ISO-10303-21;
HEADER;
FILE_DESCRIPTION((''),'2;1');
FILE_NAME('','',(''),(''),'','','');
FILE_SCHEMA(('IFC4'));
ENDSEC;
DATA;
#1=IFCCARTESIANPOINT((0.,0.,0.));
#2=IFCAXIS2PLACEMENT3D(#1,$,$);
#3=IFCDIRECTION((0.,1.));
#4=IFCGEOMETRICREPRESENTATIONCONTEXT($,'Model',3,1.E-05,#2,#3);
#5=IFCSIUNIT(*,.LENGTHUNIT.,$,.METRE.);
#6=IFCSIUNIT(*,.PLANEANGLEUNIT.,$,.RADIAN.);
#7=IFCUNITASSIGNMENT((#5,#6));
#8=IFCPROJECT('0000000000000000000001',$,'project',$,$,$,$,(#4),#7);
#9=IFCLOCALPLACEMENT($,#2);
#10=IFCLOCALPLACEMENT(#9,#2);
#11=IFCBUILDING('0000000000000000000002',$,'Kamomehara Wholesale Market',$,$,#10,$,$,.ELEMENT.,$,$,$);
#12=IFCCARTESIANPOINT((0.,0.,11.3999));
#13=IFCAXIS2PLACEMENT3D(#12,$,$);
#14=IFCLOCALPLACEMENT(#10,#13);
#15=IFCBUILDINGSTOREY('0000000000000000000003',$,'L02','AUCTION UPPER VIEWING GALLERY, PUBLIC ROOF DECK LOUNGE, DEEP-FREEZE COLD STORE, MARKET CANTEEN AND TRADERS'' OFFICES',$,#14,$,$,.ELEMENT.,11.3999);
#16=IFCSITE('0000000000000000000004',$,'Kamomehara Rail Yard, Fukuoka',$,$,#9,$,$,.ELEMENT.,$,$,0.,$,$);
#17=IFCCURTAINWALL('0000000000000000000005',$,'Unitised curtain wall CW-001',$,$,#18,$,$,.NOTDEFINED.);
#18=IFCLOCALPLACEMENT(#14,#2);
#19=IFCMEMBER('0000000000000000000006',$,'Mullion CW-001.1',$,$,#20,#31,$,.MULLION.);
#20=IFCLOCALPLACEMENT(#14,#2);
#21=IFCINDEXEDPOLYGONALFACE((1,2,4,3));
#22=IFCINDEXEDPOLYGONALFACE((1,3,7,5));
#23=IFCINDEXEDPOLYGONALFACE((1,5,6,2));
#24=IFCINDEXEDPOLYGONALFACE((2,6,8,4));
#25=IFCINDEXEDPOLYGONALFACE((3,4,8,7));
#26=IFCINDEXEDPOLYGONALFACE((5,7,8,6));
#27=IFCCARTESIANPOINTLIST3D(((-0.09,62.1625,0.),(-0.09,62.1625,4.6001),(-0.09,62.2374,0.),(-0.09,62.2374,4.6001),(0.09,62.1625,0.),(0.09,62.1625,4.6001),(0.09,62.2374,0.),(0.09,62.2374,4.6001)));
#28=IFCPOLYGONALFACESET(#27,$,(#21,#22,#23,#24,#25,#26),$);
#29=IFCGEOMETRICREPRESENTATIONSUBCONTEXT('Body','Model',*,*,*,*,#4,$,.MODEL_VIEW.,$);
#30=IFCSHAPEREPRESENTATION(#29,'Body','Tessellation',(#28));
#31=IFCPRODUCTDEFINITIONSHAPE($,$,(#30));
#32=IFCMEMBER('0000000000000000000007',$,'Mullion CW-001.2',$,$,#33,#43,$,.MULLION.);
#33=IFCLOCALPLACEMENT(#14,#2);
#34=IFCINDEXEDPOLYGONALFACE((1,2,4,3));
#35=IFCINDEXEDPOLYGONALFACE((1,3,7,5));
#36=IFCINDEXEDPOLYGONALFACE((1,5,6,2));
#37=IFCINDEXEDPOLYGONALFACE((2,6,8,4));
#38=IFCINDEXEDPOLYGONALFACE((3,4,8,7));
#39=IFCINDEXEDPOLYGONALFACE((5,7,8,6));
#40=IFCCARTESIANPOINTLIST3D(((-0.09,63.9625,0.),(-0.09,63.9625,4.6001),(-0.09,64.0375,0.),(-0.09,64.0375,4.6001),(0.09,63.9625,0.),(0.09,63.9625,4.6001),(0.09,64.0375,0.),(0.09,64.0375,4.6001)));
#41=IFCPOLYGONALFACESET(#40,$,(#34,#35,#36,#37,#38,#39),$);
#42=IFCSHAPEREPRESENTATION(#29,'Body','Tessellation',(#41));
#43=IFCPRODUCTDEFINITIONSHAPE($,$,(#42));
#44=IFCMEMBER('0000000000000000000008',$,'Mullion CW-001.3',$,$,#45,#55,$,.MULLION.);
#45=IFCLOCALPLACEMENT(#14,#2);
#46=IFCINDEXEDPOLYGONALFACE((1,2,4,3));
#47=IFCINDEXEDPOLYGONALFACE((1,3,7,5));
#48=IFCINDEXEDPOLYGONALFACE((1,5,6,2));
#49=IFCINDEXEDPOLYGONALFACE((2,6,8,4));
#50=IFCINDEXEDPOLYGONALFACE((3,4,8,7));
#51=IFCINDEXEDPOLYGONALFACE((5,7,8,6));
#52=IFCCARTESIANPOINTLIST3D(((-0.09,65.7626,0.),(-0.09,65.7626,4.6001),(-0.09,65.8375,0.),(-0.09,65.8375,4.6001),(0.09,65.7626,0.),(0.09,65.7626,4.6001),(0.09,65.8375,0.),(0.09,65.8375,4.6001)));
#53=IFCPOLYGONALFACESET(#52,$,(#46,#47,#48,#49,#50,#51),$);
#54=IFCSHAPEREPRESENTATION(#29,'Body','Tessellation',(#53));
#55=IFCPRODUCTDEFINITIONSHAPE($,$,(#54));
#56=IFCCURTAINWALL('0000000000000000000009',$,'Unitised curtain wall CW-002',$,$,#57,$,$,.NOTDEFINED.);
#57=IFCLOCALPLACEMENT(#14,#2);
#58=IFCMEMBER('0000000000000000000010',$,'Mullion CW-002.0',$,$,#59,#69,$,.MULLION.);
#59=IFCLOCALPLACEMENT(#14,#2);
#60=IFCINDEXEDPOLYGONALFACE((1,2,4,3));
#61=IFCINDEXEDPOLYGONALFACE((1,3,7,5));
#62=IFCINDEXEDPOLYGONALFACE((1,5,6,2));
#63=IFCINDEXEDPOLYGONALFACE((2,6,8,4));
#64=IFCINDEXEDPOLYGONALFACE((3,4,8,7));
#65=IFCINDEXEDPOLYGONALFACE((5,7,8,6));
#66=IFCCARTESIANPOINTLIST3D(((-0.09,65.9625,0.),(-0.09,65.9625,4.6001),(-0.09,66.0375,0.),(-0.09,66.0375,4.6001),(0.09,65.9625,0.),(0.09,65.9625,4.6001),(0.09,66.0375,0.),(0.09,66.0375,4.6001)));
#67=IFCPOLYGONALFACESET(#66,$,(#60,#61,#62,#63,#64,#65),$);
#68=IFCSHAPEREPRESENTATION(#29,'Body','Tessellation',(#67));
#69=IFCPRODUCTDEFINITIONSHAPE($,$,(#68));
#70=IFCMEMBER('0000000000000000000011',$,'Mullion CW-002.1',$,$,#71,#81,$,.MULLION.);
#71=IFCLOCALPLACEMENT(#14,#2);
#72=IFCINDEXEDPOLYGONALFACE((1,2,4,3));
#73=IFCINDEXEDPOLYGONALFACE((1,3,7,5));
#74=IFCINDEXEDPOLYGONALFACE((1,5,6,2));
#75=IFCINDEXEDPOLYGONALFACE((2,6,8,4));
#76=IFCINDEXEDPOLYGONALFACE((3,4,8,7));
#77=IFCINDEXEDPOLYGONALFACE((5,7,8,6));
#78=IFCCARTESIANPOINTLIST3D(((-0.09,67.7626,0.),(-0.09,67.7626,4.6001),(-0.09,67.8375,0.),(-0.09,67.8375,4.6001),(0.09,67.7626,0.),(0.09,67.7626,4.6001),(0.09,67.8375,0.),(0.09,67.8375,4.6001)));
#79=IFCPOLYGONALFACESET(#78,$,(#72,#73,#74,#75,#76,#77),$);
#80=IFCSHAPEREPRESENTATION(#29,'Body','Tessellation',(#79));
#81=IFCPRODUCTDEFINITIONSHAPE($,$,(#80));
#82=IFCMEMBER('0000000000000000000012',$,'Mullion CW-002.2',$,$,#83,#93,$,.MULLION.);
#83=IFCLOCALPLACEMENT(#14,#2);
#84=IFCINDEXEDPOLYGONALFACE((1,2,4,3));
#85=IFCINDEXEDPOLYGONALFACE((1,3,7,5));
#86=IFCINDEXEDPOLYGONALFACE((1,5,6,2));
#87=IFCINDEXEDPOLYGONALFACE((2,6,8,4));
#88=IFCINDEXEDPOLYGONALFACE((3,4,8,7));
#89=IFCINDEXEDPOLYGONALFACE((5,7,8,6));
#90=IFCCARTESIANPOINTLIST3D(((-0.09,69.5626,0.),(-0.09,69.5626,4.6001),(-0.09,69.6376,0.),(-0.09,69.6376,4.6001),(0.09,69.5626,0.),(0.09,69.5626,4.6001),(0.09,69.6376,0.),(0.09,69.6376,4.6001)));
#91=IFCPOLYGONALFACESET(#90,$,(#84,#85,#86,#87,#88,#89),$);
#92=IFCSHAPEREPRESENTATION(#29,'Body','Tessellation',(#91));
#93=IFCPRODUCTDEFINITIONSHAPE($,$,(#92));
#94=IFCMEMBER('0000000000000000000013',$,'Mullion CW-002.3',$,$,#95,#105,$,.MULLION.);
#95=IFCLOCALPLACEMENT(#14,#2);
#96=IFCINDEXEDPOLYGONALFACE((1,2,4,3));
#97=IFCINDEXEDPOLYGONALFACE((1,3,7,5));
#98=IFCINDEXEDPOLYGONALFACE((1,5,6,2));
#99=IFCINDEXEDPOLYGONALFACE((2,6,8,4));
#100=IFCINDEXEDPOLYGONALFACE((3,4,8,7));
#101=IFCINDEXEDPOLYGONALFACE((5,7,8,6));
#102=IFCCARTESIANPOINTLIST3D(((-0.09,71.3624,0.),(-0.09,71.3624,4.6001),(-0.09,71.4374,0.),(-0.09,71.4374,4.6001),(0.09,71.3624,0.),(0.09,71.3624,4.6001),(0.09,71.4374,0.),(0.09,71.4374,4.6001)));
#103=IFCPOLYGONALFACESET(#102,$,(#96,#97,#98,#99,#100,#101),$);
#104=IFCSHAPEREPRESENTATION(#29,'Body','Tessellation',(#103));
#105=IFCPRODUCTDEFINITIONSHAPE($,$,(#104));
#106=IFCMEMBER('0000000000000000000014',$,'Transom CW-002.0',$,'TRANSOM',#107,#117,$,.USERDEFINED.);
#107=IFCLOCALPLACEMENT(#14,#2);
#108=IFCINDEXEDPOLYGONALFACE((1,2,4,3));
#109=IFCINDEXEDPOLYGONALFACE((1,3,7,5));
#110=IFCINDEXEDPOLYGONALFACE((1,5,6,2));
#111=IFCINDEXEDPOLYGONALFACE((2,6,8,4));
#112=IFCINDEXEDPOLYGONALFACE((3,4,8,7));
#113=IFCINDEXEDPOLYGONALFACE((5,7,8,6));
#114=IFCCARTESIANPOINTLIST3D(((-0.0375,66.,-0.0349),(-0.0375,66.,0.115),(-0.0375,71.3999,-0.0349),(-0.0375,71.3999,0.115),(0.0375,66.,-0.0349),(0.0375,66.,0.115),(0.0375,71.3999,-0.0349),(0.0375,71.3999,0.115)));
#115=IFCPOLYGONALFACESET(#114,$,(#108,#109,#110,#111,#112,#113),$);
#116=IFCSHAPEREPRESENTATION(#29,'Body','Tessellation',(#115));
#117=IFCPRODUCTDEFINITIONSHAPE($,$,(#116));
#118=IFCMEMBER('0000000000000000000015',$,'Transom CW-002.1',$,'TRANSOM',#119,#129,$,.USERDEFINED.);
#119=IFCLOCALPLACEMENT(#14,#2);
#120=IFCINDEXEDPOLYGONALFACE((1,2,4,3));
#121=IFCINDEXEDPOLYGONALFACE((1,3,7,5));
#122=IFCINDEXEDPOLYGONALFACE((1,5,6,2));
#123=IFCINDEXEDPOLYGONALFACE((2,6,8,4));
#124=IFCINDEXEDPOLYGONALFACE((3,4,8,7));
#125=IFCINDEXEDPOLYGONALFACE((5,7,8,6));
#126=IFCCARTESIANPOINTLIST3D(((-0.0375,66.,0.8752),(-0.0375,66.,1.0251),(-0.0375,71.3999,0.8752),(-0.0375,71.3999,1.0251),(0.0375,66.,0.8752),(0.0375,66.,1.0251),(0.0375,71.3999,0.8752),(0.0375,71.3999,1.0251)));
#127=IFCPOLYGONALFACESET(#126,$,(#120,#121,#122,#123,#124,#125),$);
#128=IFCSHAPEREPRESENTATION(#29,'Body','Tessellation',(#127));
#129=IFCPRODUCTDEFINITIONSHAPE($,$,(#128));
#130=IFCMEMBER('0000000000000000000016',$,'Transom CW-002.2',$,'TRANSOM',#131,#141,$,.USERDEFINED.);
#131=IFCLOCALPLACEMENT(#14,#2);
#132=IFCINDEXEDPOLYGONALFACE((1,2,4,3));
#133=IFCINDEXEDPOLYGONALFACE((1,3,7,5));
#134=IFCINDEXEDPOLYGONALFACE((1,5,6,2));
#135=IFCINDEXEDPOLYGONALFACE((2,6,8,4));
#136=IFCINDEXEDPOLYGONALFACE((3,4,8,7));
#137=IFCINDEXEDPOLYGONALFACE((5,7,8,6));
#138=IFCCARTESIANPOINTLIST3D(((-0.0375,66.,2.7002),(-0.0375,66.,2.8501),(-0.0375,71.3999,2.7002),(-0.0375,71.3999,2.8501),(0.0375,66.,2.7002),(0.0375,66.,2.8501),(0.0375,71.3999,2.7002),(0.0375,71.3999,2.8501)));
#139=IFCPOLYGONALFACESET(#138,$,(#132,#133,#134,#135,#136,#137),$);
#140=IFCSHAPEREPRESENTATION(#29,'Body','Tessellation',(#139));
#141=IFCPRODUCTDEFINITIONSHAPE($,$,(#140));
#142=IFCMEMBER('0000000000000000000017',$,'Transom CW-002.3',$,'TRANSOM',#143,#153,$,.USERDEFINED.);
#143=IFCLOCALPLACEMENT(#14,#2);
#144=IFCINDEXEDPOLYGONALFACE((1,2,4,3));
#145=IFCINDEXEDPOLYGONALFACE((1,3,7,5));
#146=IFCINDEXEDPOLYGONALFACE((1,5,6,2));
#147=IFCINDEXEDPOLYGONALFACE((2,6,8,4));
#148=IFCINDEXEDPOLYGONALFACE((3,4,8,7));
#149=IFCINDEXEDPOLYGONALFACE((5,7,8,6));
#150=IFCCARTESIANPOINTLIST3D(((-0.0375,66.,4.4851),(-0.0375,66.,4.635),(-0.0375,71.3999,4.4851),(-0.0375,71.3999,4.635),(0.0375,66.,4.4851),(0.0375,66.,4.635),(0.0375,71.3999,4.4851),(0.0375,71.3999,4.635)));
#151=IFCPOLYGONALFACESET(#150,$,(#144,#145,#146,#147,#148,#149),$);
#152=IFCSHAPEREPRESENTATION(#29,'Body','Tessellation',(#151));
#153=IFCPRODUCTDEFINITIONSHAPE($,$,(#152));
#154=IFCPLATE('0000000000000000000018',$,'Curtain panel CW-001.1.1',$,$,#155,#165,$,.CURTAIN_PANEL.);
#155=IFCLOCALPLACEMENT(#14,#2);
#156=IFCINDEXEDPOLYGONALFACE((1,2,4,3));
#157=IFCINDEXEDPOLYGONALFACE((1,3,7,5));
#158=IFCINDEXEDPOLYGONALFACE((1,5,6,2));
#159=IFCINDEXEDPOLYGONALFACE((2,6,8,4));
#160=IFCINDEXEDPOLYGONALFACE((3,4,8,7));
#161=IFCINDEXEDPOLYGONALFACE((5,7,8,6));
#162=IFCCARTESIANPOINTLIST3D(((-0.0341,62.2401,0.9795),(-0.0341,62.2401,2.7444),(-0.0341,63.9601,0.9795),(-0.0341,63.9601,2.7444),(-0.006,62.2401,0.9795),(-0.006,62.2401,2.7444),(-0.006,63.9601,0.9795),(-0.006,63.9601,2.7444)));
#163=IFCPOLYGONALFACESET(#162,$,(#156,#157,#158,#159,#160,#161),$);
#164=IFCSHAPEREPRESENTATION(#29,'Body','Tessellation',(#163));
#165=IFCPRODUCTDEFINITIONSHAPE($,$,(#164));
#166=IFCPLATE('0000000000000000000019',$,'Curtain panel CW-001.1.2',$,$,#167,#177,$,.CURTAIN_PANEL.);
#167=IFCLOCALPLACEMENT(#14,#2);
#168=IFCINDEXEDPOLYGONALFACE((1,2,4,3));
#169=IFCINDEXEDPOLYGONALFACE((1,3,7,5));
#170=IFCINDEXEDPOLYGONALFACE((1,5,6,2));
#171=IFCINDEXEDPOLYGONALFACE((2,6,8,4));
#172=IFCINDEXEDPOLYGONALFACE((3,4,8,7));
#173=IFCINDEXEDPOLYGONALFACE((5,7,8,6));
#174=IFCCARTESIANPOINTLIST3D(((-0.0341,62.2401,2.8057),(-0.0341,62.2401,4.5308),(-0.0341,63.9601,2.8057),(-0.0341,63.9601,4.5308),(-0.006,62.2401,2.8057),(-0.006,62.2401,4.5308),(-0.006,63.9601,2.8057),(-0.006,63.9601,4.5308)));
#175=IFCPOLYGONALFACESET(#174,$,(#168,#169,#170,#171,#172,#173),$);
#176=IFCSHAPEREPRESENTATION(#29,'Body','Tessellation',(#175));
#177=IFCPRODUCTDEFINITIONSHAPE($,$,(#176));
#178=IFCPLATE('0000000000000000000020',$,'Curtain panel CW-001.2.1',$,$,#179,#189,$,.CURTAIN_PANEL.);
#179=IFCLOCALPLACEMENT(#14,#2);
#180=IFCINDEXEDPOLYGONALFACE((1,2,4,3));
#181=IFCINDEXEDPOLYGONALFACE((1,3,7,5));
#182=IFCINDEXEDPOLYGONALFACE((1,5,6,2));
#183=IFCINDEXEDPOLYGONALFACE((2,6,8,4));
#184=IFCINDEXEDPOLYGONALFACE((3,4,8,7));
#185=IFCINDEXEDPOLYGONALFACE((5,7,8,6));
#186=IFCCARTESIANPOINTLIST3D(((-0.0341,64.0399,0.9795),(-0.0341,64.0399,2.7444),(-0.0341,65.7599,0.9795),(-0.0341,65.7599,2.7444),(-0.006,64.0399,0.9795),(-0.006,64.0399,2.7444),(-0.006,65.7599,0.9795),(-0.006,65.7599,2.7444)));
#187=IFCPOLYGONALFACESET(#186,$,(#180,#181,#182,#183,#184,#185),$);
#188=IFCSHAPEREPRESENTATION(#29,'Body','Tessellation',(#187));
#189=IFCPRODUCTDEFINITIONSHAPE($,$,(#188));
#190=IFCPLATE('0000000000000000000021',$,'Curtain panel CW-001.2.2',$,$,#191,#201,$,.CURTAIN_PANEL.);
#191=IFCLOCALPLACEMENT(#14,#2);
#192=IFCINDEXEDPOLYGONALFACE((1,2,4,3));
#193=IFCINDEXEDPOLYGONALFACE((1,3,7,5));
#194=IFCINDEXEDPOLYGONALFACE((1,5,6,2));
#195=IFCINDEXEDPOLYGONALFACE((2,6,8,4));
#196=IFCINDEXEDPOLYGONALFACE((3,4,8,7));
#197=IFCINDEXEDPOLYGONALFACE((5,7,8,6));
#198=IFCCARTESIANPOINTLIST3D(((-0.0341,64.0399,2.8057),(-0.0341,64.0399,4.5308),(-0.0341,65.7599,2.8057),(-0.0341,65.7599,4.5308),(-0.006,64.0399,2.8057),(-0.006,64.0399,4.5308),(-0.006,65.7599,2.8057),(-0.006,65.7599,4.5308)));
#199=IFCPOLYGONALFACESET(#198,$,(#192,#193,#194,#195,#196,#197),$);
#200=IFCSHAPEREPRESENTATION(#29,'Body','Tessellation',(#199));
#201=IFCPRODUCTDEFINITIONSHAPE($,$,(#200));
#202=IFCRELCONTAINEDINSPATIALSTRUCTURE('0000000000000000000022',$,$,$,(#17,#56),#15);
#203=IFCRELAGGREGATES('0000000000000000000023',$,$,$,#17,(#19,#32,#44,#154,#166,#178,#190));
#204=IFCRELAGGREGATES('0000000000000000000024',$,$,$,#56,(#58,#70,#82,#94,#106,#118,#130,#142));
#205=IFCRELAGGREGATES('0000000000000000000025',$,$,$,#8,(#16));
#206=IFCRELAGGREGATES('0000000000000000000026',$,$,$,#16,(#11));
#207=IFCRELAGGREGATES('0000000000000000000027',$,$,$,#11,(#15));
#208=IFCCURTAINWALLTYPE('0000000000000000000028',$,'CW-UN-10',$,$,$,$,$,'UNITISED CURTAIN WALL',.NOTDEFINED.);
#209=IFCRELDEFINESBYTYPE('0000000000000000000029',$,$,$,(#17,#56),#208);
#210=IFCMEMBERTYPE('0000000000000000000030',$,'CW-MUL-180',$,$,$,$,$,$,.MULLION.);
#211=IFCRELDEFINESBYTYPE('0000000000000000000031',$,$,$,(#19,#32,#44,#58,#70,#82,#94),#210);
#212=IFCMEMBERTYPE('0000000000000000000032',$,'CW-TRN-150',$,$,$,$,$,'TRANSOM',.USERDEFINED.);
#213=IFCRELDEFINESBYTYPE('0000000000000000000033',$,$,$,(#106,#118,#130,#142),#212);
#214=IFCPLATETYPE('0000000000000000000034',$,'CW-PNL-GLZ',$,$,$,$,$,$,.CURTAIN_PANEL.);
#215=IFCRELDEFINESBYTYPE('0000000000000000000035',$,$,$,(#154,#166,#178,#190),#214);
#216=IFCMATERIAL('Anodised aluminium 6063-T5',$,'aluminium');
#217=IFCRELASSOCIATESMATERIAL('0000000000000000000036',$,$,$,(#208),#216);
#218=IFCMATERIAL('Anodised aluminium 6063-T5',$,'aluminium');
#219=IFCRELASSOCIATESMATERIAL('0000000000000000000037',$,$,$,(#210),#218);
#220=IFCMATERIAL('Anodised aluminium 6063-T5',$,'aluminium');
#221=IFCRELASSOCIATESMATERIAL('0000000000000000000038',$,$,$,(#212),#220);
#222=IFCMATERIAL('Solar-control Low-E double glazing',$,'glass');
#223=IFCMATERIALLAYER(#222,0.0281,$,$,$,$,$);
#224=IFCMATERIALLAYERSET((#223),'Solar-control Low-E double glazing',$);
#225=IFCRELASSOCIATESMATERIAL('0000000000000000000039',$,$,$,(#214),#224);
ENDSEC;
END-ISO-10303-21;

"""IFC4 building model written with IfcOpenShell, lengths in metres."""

from ifc_helpers import new_model, si_unit, direction, frame, origin, origin_2d, place, context, subcontext, project, spatial, rectangle, extrude, material, layer, layer_set, material_profile, profile_set, type_object, element, aggregate, save


model = new_model("IFC4")

# Units and contexts
model_context = context("Model", 3, precision=1e-05, world=origin(), true_north=direction((0.0, 1.0)))
body_context = subcontext(model_context, "Body", "Model", "MODEL_VIEW")
ifc_project = project(units=[si_unit("LENGTHUNIT", "METRE"), si_unit("PLANEANGLEUNIT", "RADIAN")], contexts=[model_context])

# Site, building, storey
site_placement = place(None, origin())
site = spatial("IfcSite", under=ifc_project, at=site_placement, Name="Kamomehara Rail Yard, Fukuoka", CompositionType="ELEMENT", RefElevation=0.0)
building_placement = place(site_placement, origin())
building = spatial("IfcBuilding", under=site, at=building_placement, Name="Kamomehara Wholesale Market", CompositionType="ELEMENT")
storey_placement = place(building_placement, frame((0.0, 0.0, 11.3999)))
storey = spatial("IfcBuildingStorey", under=building, at=storey_placement, Name="L02", Description="AUCTION UPPER VIEWING GALLERY, PUBLIC ROOF DECK LOUNGE, DEEP-FREEZE COLD STORE, MARKET CANTEEN AND TRADERS' OFFICES", CompositionType="ELEMENT", Elevation=11.3999)

# Curtain walls, members
ifc_material_1 = material(Name="Anodised aluminium 6063-T5", Category="aluminium")
curtain_wall_type = type_object("IfcCurtainWallType", Name="CW-UN-10", ElementType="UNITISED CURTAIN WALL", PredefinedType="NOTDEFINED", material=ifc_material_1)
curtain_wall_1_placement = place(storey_placement, origin())
curtain_wall_1 = element("IfcCurtainWall", 1, at=curtain_wall_1_placement, inside=storey, type_object=curtain_wall_type, Name="Unitised curtain wall CW-001", PredefinedType="NOTDEFINED")
ifc_material_2 = material(Name="Anodised aluminium 6063-T5", Category="aluminium")
ifc_material_profile_1 = material_profile(ifc_material_2, rectangle(XDim=0.075, YDim=0.1799, at=origin_2d()), Name="ALU-MUL-75x180")
ifc_profile_set_1 = profile_set([ifc_material_profile_1], Name="Anodised aluminium 6063-T5")
member_type_1 = type_object("IfcMemberType", Name="CW-MUL-180", PredefinedType="MULLION", material=ifc_profile_set_1)
member_1_placement = place(storey_placement, frame((0.0, 62.2, 0.0), z_axis=(0.0, 0.0, 1.0), x_axis=(0.0, 1.0, 0.0)))
member_1 = element("IfcMember", 2, at=member_1_placement, type_object=member_type_1, Name="Mullion CW-001.1", PredefinedType="MULLION", context=body_context, shape_type="SweptSolid", body=[
    extrude(rectangle(XDim=0.075, YDim=0.1799, at=origin_2d()), origin(), (0.0, 0.0, 1.0), 4.6001),
])
member_2_placement = place(storey_placement, frame((0.0, 64.0, 0.0), z_axis=(0.0, 0.0, 1.0), x_axis=(0.0, 1.0, 0.0)))
member_2 = element("IfcMember", 3, at=member_2_placement, type_object=member_type_1, Name="Mullion CW-001.2", PredefinedType="MULLION", context=body_context, shape_type="SweptSolid", body=[
    extrude(rectangle(XDim=0.075, YDim=0.1799, at=origin_2d()), origin(), (0.0, 0.0, 1.0), 4.6001),
])
member_3_placement = place(storey_placement, frame((0.0, 65.8, 0.0), z_axis=(0.0, 0.0, 1.0), x_axis=(0.0, 1.0, 0.0)))
member_3 = element("IfcMember", 4, at=member_3_placement, type_object=member_type_1, Name="Mullion CW-001.3", PredefinedType="MULLION", context=body_context, shape_type="SweptSolid", body=[
    extrude(rectangle(XDim=0.075, YDim=0.1799, at=origin_2d()), origin(), (0.0, 0.0, 1.0), 4.6001),
])
curtain_wall_2_placement = place(storey_placement, origin())
curtain_wall_2 = element("IfcCurtainWall", 5, at=curtain_wall_2_placement, inside=storey, type_object=curtain_wall_type, Name="Unitised curtain wall CW-002", PredefinedType="NOTDEFINED")
member_4_placement = place(storey_placement, frame((0.0, 66.0, 0.0), z_axis=(0.0, 0.0, 1.0), x_axis=(0.0, 1.0, 0.0)))
member_4 = element("IfcMember", 6, at=member_4_placement, type_object=member_type_1, Name="Mullion CW-002.0", PredefinedType="MULLION", context=body_context, shape_type="SweptSolid", body=[
    extrude(rectangle(XDim=0.075, YDim=0.1799, at=origin_2d()), origin(), (0.0, 0.0, 1.0), 4.6001),
])
member_5_placement = place(storey_placement, frame((0.0, 67.8, 0.0), z_axis=(0.0, 0.0, 1.0), x_axis=(0.0, 1.0, 0.0)))
member_5 = element("IfcMember", 7, at=member_5_placement, type_object=member_type_1, Name="Mullion CW-002.1", PredefinedType="MULLION", context=body_context, shape_type="SweptSolid", body=[
    extrude(rectangle(XDim=0.075, YDim=0.1799, at=origin_2d()), origin(), (0.0, 0.0, 1.0), 4.6001),
])
member_6_placement = place(storey_placement, frame((0.0, 69.6001, 0.0), z_axis=(0.0, 0.0, 1.0), x_axis=(0.0, 1.0, 0.0)))
member_6 = element("IfcMember", 8, at=member_6_placement, type_object=member_type_1, Name="Mullion CW-002.2", PredefinedType="MULLION", context=body_context, shape_type="SweptSolid", body=[
    extrude(rectangle(XDim=0.075, YDim=0.1799, at=origin_2d()), origin(), (0.0, 0.0, 1.0), 4.6001),
])
member_7_placement = place(storey_placement, frame((0.0, 71.3999, 0.0), z_axis=(0.0, 0.0, 1.0), x_axis=(0.0, 1.0, 0.0)))
member_7 = element("IfcMember", 9, at=member_7_placement, type_object=member_type_1, Name="Mullion CW-002.3", PredefinedType="MULLION", context=body_context, shape_type="SweptSolid", body=[
    extrude(rectangle(XDim=0.075, YDim=0.1799, at=origin_2d()), origin(), (0.0, 0.0, 1.0), 4.6001),
])
ifc_material_3 = material(Name="Anodised aluminium 6063-T5", Category="aluminium")
ifc_material_profile_2 = material_profile(ifc_material_3, rectangle(XDim=0.075, YDim=0.1499, at=origin_2d()), Name="ALU-TRN-75x150")
ifc_profile_set_2 = profile_set([ifc_material_profile_2], Name="Anodised aluminium 6063-T5")
member_type_2 = type_object("IfcMemberType", Name="CW-TRN-150", ElementType="TRANSOM", PredefinedType="USERDEFINED", material=ifc_profile_set_2)
member_8_placement = place(storey_placement, frame((0.0, 66.0, 0.04), z_axis=(0.0, 1.0, 0.0), x_axis=(-1.0, 0.0, 0.0)))
member_8 = element("IfcMember", 10, at=member_8_placement, type_object=member_type_2, Name="Transom CW-002.0", ObjectType="TRANSOM", PredefinedType="USERDEFINED", context=body_context, shape_type="SweptSolid", body=[
    extrude(rectangle(XDim=0.075, YDim=0.1499, at=origin_2d()), origin(), (0.0, 0.0, 1.0), 5.3999),
])
member_9_placement = place(storey_placement, frame((0.0, 66.0, 0.9502), z_axis=(0.0, 1.0, 0.0), x_axis=(-1.0, 0.0, 0.0)))
member_9 = element("IfcMember", 11, at=member_9_placement, type_object=member_type_2, Name="Transom CW-002.1", ObjectType="TRANSOM", PredefinedType="USERDEFINED", context=body_context, shape_type="SweptSolid", body=[
    extrude(rectangle(XDim=0.075, YDim=0.1499, at=origin_2d()), origin(), (0.0, 0.0, 1.0), 5.3999),
])
member_10_placement = place(storey_placement, frame((0.0, 66.0, 2.7751), z_axis=(0.0, 1.0, 0.0), x_axis=(-1.0, 0.0, 0.0)))
member_10 = element("IfcMember", 12, at=member_10_placement, type_object=member_type_2, Name="Transom CW-002.2", ObjectType="TRANSOM", PredefinedType="USERDEFINED", context=body_context, shape_type="SweptSolid", body=[
    extrude(rectangle(XDim=0.075, YDim=0.1499, at=origin_2d()), origin(), (0.0, 0.0, 1.0), 5.3999),
])
member_11_placement = place(storey_placement, frame((0.0, 66.0, 4.5601), z_axis=(0.0, 1.0, 0.0), x_axis=(-1.0, 0.0, 0.0)))
member_11 = element("IfcMember", 13, at=member_11_placement, type_object=member_type_2, Name="Transom CW-002.3", ObjectType="TRANSOM", PredefinedType="USERDEFINED", context=body_context, shape_type="SweptSolid", body=[
    extrude(rectangle(XDim=0.075, YDim=0.1499, at=origin_2d()), origin(), (0.0, 0.0, 1.0), 5.3999),
])

# Plates
ifc_material_4 = material(Name="Solar-control Low-E double glazing", Category="glass")
ifc_layer_1 = layer(ifc_material_4, 0.0281)
ifc_layer_set_1 = layer_set([ifc_layer_1], Name="Solar-control Low-E double glazing")
plate_type_1 = type_object("IfcPlateType", Name="CW-PNL-GLZ", PredefinedType="CURTAIN_PANEL", material=ifc_layer_set_1)
plate_1_placement = place(storey_placement, frame((-0.02, 63.1001, 0.9795), z_axis=(0.0, 0.0, 1.0), x_axis=(0.0, 1.0, 0.0)))
plate_1 = element("IfcPlate", 14, at=plate_1_placement, type_object=plate_type_1, Name="Curtain panel CW-001.1.1", PredefinedType="CURTAIN_PANEL", context=body_context, shape_type="SweptSolid", body=[
    extrude(rectangle(XDim=1.72, YDim=0.0281, at=origin_2d()), origin(), (0.0, 0.0, 1.0), 1.7649),
])
plate_2_placement = place(storey_placement, frame((-0.02, 63.1001, 2.8057), z_axis=(0.0, 0.0, 1.0), x_axis=(0.0, 1.0, 0.0)))
plate_2 = element("IfcPlate", 15, at=plate_2_placement, type_object=plate_type_1, Name="Curtain panel CW-001.1.2", PredefinedType="CURTAIN_PANEL", context=body_context, shape_type="SweptSolid", body=[
    extrude(rectangle(XDim=1.72, YDim=0.0281, at=origin_2d()), origin(), (0.0, 0.0, 1.0), 1.7251),
])
plate_3_placement = place(storey_placement, frame((-0.02, 64.8999, 0.9795), z_axis=(0.0, 0.0, 1.0), x_axis=(0.0, 1.0, 0.0)))
plate_3 = element("IfcPlate", 16, at=plate_3_placement, type_object=plate_type_1, Name="Curtain panel CW-001.2.1", PredefinedType="CURTAIN_PANEL", context=body_context, shape_type="SweptSolid", body=[
    extrude(rectangle(XDim=1.72, YDim=0.0281, at=origin_2d()), origin(), (0.0, 0.0, 1.0), 1.7649),
])
plate_4_placement = place(storey_placement, frame((-0.02, 64.8999, 2.8057), z_axis=(0.0, 0.0, 1.0), x_axis=(0.0, 1.0, 0.0)))
plate_4 = element("IfcPlate", 17, at=plate_4_placement, type_object=plate_type_1, Name="Curtain panel CW-001.2.2", PredefinedType="CURTAIN_PANEL", context=body_context, shape_type="SweptSolid", body=[
    extrude(rectangle(XDim=1.72, YDim=0.0281, at=origin_2d()), origin(), (0.0, 0.0, 1.0), 1.7251),
])
aggregate(curtain_wall_1, [member_1, member_2, member_3, plate_1, plate_2, plate_3, plate_4])
aggregate(curtain_wall_2, [member_4, member_5, member_6, member_7, member_8, member_9, member_10, member_11])

save(model, "model.ifc")
